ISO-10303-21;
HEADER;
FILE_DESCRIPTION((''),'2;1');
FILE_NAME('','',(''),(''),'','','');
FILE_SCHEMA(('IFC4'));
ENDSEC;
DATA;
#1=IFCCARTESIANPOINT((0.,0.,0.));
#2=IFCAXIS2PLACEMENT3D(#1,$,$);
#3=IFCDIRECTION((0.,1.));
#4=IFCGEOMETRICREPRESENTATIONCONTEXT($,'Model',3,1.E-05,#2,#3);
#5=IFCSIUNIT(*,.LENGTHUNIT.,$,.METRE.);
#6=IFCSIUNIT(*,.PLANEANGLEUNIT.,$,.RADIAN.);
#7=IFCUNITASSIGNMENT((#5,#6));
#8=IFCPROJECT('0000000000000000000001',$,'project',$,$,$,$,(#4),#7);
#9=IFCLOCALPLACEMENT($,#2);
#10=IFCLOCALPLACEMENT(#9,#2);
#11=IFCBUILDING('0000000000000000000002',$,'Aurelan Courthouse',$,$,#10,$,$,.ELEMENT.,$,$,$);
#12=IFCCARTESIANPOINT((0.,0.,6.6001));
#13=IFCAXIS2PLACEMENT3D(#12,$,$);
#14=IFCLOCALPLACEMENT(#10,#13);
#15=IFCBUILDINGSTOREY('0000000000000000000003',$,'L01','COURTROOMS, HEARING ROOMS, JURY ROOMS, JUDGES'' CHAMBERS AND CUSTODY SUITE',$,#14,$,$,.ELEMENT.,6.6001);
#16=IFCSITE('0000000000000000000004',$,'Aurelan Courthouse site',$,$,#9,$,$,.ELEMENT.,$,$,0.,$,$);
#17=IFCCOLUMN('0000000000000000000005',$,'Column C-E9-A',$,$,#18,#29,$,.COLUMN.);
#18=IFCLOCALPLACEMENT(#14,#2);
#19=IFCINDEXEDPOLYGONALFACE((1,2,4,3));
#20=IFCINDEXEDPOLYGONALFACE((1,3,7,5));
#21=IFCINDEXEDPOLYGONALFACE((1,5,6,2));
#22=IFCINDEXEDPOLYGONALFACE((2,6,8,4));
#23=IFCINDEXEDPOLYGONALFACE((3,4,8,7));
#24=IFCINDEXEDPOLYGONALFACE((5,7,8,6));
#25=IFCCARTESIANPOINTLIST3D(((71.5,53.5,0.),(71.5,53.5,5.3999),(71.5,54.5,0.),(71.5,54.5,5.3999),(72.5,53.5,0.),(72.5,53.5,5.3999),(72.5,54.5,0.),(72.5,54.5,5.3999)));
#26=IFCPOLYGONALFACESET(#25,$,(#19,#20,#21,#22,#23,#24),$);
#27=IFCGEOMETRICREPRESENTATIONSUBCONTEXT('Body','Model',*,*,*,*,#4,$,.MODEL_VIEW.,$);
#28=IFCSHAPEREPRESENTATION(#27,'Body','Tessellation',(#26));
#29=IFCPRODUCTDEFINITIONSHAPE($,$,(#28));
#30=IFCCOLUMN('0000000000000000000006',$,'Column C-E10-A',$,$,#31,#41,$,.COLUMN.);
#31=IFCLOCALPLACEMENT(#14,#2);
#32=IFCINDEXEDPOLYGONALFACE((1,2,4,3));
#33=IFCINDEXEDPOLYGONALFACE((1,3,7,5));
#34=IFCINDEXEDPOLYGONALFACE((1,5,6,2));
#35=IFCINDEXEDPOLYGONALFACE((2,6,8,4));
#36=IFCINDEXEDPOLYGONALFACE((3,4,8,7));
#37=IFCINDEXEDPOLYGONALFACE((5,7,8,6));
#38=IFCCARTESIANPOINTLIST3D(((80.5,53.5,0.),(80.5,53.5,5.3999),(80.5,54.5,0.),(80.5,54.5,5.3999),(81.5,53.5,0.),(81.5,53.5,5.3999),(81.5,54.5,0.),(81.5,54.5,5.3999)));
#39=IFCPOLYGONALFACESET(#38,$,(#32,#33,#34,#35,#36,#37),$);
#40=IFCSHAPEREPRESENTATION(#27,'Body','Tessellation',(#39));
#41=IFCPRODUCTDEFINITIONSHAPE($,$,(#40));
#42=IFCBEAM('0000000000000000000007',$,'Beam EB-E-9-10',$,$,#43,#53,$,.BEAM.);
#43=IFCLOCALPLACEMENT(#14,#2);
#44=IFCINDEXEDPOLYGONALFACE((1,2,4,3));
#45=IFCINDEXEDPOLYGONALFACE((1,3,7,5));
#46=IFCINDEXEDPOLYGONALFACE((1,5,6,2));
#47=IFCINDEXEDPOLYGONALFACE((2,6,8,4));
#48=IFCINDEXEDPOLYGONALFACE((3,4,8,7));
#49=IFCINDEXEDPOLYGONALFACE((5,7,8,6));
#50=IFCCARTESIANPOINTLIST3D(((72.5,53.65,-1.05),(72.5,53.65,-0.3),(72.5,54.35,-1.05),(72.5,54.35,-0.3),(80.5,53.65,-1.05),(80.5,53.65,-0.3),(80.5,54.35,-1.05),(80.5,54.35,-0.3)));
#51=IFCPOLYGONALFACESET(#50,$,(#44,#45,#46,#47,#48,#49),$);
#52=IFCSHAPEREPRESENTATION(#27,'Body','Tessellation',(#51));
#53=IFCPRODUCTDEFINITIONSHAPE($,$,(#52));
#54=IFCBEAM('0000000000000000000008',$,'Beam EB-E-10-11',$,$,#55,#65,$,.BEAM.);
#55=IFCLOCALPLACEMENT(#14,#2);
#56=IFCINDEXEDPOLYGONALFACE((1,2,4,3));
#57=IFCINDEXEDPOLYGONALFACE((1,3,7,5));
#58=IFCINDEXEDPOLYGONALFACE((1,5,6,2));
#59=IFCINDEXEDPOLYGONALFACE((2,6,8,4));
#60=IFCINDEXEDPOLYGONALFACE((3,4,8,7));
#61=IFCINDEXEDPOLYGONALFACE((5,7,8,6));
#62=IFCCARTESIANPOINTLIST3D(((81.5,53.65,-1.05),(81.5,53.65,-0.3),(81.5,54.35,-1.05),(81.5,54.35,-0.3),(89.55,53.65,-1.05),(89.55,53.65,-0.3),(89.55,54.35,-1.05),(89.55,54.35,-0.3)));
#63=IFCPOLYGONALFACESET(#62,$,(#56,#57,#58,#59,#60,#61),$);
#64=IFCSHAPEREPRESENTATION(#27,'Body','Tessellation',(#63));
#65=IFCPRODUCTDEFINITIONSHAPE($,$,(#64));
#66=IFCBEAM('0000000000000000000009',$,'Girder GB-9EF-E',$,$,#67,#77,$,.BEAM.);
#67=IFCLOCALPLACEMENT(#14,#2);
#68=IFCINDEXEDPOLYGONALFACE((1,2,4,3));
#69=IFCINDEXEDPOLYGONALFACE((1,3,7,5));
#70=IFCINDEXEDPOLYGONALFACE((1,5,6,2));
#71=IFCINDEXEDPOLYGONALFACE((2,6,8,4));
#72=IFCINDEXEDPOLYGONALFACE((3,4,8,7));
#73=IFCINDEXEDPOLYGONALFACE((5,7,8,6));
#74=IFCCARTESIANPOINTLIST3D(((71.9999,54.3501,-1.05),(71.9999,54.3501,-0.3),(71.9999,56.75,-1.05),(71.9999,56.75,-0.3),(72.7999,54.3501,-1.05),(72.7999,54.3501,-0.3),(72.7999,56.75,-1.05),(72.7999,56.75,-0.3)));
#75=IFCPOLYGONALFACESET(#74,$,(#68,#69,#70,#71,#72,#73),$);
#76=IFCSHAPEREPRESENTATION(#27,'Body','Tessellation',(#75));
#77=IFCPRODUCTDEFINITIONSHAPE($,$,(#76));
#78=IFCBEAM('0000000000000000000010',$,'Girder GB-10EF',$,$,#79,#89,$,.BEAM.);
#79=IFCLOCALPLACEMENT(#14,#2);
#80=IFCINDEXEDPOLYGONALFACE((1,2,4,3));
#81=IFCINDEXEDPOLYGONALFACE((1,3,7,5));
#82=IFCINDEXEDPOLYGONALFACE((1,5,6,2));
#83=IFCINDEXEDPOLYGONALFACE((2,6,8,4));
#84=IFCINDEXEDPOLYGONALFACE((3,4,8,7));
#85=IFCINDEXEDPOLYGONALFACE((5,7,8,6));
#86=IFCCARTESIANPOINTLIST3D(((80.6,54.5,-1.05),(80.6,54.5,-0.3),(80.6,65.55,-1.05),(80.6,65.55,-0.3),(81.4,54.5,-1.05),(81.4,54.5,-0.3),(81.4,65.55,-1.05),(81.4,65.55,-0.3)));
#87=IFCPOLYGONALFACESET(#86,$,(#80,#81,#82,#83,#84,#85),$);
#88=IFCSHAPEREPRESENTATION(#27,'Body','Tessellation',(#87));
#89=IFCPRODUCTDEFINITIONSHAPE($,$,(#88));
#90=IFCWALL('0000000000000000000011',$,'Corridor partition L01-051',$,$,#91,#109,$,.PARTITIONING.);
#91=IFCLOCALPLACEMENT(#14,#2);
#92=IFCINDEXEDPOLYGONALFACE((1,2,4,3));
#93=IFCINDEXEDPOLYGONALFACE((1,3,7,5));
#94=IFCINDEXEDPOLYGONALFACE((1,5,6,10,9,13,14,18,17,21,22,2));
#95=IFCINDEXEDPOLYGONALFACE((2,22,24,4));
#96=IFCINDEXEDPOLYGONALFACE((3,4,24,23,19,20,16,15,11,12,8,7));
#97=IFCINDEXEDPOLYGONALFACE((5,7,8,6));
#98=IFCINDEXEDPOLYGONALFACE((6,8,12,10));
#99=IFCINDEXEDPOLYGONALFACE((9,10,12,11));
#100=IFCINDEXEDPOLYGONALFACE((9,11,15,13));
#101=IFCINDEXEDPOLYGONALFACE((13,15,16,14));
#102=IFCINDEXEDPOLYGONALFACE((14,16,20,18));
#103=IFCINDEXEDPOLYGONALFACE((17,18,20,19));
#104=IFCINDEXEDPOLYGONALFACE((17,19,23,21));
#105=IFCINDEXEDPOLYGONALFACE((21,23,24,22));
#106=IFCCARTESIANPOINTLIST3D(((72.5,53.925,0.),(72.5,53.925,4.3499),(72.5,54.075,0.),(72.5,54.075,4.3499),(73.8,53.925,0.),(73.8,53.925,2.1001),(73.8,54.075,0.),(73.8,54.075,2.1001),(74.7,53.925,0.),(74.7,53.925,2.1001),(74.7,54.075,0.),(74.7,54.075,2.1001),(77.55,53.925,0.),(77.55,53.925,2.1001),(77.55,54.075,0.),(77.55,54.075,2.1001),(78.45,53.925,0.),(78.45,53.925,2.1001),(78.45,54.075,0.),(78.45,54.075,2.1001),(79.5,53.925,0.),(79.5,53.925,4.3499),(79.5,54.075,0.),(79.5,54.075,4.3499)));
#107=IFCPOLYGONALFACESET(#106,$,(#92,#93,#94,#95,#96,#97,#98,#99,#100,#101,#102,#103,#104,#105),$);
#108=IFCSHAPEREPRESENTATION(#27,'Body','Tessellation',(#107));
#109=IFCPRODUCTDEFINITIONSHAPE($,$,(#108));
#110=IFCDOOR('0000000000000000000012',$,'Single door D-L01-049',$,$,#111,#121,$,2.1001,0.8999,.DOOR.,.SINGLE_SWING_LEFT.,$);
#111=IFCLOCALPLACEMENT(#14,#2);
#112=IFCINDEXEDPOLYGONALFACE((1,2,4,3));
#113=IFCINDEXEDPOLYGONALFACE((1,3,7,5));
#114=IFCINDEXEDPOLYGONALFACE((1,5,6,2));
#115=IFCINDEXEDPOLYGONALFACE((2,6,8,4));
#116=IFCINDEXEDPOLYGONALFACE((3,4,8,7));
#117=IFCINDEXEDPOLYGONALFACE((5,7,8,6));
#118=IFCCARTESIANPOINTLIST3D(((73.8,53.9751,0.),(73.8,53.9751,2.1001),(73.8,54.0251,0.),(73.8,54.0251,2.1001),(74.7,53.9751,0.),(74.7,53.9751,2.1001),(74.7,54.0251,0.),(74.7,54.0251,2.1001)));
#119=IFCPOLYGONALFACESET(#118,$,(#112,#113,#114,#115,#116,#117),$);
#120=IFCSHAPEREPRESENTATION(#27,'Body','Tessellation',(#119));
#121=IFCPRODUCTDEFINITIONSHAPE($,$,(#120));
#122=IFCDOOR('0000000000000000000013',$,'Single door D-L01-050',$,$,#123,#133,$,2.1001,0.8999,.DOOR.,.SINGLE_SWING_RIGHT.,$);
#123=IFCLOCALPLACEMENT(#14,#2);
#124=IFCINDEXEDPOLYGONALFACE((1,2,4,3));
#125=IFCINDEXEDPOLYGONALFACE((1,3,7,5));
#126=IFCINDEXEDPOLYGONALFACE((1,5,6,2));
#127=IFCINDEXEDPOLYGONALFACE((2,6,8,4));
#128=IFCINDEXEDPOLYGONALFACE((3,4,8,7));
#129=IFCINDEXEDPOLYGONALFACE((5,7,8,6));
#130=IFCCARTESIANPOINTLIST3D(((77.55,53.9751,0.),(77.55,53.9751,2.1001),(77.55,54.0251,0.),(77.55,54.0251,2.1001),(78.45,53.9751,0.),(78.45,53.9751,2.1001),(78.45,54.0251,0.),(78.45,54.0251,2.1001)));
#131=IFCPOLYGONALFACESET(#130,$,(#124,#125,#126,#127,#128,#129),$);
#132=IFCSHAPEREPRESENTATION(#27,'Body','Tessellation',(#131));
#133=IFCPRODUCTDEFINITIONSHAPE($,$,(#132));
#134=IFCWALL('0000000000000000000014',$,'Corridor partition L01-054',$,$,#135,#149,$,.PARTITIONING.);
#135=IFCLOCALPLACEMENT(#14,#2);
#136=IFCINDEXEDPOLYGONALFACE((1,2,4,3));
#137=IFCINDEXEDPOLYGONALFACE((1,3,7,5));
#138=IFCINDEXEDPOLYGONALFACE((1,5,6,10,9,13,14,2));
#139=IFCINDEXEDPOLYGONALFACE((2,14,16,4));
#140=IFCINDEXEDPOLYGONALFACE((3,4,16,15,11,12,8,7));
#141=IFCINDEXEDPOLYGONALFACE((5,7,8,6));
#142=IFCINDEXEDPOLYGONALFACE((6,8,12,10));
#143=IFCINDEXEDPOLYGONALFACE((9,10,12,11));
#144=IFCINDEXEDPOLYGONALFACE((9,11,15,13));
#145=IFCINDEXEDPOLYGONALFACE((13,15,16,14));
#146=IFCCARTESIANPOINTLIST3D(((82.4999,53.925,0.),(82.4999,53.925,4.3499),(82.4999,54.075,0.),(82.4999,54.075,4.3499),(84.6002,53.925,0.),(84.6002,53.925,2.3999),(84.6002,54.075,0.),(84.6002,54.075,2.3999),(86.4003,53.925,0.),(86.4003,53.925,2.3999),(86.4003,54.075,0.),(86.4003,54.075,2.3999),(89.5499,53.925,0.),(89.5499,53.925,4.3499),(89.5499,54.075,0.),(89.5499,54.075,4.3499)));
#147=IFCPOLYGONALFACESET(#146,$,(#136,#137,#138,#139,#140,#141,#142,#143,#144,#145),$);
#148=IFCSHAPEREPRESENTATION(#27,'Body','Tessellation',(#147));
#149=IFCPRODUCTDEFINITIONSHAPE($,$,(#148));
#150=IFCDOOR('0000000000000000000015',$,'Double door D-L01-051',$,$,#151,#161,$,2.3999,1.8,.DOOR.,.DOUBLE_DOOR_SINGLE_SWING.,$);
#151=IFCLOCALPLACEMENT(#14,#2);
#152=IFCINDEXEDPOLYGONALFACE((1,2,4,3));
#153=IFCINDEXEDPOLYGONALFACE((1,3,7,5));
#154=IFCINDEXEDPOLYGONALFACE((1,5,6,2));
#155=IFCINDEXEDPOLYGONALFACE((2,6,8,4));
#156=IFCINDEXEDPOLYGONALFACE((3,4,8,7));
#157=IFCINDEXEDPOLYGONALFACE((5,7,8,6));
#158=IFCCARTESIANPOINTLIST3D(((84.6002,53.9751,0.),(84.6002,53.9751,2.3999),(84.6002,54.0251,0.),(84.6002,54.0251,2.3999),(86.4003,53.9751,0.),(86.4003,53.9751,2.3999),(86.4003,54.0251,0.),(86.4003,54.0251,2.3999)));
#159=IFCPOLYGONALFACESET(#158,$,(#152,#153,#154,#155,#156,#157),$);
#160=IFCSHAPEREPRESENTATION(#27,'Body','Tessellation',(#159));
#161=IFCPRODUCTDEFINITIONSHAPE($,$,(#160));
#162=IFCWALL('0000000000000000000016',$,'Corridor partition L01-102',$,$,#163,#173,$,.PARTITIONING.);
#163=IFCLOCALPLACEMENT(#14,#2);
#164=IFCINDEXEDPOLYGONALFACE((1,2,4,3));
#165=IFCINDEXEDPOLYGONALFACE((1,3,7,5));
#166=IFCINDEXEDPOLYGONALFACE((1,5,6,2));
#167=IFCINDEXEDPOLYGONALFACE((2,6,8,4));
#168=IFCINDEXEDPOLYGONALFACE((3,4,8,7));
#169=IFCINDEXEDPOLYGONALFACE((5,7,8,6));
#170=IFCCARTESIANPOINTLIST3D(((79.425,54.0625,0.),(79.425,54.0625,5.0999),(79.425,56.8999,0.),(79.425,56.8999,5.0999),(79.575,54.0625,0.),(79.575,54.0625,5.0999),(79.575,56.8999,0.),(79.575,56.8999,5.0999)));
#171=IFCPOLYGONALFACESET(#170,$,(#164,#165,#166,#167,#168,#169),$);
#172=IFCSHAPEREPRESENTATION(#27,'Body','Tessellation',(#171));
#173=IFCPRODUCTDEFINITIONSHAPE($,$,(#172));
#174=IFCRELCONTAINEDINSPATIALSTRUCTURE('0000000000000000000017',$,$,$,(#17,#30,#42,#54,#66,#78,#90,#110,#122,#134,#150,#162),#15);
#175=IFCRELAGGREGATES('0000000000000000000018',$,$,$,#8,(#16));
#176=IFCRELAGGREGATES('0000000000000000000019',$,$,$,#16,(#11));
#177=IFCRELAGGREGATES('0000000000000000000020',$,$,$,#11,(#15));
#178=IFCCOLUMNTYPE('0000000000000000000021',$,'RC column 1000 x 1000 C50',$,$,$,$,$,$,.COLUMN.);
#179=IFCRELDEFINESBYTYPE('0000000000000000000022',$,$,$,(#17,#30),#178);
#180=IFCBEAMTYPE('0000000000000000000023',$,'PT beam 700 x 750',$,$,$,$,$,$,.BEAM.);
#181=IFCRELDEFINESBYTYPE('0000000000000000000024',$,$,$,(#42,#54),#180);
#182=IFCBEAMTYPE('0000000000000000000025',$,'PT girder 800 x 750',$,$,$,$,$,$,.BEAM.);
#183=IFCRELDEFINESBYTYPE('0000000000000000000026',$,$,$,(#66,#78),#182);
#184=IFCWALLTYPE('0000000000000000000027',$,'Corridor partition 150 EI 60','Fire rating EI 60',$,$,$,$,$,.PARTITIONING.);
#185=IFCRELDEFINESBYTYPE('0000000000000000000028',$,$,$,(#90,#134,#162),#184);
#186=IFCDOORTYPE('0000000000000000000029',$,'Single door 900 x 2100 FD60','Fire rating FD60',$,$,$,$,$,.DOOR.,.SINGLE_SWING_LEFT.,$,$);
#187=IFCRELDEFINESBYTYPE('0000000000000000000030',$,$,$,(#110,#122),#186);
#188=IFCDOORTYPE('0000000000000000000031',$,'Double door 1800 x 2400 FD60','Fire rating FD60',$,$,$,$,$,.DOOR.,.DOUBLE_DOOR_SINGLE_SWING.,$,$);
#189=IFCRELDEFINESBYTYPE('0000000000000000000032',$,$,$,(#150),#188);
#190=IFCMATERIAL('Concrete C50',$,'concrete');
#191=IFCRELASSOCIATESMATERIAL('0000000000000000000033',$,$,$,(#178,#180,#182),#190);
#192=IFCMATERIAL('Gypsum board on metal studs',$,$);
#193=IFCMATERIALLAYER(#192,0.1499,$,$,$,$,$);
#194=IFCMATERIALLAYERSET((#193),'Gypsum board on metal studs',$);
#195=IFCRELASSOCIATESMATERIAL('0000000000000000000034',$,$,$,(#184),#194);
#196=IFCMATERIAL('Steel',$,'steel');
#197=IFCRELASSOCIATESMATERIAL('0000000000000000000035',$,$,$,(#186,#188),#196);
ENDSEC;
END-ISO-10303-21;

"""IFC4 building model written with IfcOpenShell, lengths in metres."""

from ifc_helpers import new_model, si_unit, direction, frame, frame_2d, origin, origin_2d, place, context, subcontext, project, spatial, rectangle, extrude, material, layer, layer_set, material_profile, profile_set, type_object, element, fill, save


model = new_model("IFC4")

# Units and contexts
model_context = context("Model", 3, precision=1e-05, world=origin(), true_north=direction((0.0, 1.0)))
body_context = subcontext(model_context, "Body", "Model", "MODEL_VIEW")
ifc_project = project(units=[si_unit("LENGTHUNIT", "METRE"), si_unit("PLANEANGLEUNIT", "RADIAN")], contexts=[model_context])

# Site, building, storey
site_placement = place(None, origin())
site = spatial("IfcSite", under=ifc_project, at=site_placement, Name="Aurelan Courthouse site", CompositionType="ELEMENT", RefElevation=0.0)
building_placement = place(site_placement, origin())
building = spatial("IfcBuilding", under=site, at=building_placement, Name="Aurelan Courthouse", CompositionType="ELEMENT")
storey_placement = place(building_placement, frame((0.0, 0.0, 6.6001)))
storey = spatial("IfcBuildingStorey", under=building, at=storey_placement, Name="L01", Description="COURTROOMS, HEARING ROOMS, JURY ROOMS, JUDGES' CHAMBERS AND CUSTODY SUITE", CompositionType="ELEMENT", Elevation=6.6001)

# Columns
ifc_material_1 = material(Name="Concrete C50", Category="concrete")
ifc_material_profile_1 = material_profile(ifc_material_1, rectangle(XDim=1.0, YDim=1.0, at=origin_2d()), Name="RC 1000 x 1000")
ifc_profile_set_1 = profile_set([ifc_material_profile_1], Name="Concrete C50")
column_type = type_object("IfcColumnType", Name="RC column 1000 x 1000 C50", PredefinedType="COLUMN", material=ifc_profile_set_1)
for number, where, z_axis, x_axis, name in (
    (1, (72.0, 54.0, 0.0), (0.0, 0.0, 1.0), (1.0, 0.0, 0.0), "Column C-E9-A"),
    (2, (81.0, 54.0, 0.0), (0.0, 0.0, 1.0), (1.0, 0.0, 0.0), "Column C-E10-A"),
):
    element("IfcColumn", number, at=place(storey_placement, frame(where, z_axis=z_axis, x_axis=x_axis)), inside=storey, type_object=column_type, Name=name, PredefinedType="COLUMN", context=body_context, shape_type="SweptSolid", body=[
        extrude(rectangle(XDim=1.0, YDim=1.0, at=origin_2d()), origin(), (0.0, 0.0, 1.0), 5.3999),
    ])

# Beams
ifc_material_profile_2 = material_profile(ifc_material_1, rectangle(XDim=0.7, YDim=0.75, at=origin_2d()), Name="RC 700 x 750")
ifc_profile_set_2 = profile_set([ifc_material_profile_2], Name="Concrete C50")
beam_type_1 = type_object("IfcBeamType", Name="PT beam 700 x 750", PredefinedType="BEAM", material=ifc_profile_set_2)
beam_1_placement = place(storey_placement, frame((72.5, 54.0, -0.675), z_axis=(1.0, 0.0, 0.0), x_axis=(0.0, 1.0, 0.0)))
element("IfcBeam", 3, at=beam_1_placement, inside=storey, type_object=beam_type_1, Name="Beam EB-E-9-10", PredefinedType="BEAM", context=body_context, shape_type="SweptSolid", body=[
    extrude(rectangle(XDim=0.7, YDim=0.75, at=origin_2d()), origin(), (0.0, 0.0, 1.0), 8.0),
])
beam_2_placement = place(storey_placement, frame((81.5, 54.0, -0.675), z_axis=(1.0, 0.0, 0.0), x_axis=(0.0, 1.0, 0.0)))
element("IfcBeam", 4, at=beam_2_placement, inside=storey, type_object=beam_type_1, Name="Beam EB-E-10-11", PredefinedType="BEAM", context=body_context, shape_type="SweptSolid", body=[
    extrude(rectangle(XDim=0.7, YDim=0.75, at=origin_2d()), origin(), (0.0, 0.0, 1.0), 8.05),
])
ifc_material_profile_3 = material_profile(ifc_material_1, rectangle(XDim=0.8, YDim=0.75, at=origin_2d()), Name="RC 800 x 750")
ifc_profile_set_3 = profile_set([ifc_material_profile_3], Name="Concrete C50")
beam_type_2 = type_object("IfcBeamType", Name="PT girder 800 x 750", PredefinedType="BEAM", material=ifc_profile_set_3)
beam_3_placement = place(storey_placement, frame((72.3999, 54.3501, -0.675), z_axis=(0.0, 1.0, 0.0), x_axis=(-1.0, 0.0, 0.0)))
element("IfcBeam", 5, at=beam_3_placement, inside=storey, type_object=beam_type_2, Name="Girder GB-9EF-E", PredefinedType="BEAM", context=body_context, shape_type="SweptSolid", body=[
    extrude(rectangle(XDim=0.8, YDim=0.75, at=origin_2d()), origin(), (0.0, 0.0, 1.0), 2.3999),
])
beam_4_placement = place(storey_placement, frame((81.0, 54.5, -0.675), z_axis=(0.0, 1.0, 0.0), x_axis=(-1.0, 0.0, 0.0)))
element("IfcBeam", 6, at=beam_4_placement, inside=storey, type_object=beam_type_2, Name="Girder GB-10EF", PredefinedType="BEAM", context=body_context, shape_type="SweptSolid", body=[
    extrude(rectangle(XDim=0.8, YDim=0.75, at=origin_2d()), origin(), (0.0, 0.0, 1.0), 11.05),
])

# Wall, openings, doors
ifc_material_2 = material(Name="Gypsum board on metal studs")
ifc_layer_1 = layer(ifc_material_2, 0.1499)
ifc_layer_set_1 = layer_set([ifc_layer_1], Name="Gypsum board on metal studs")
wall_type_1 = type_object("IfcWallType", Name="Corridor partition 150 EI 60", Description="Fire rating EI 60", PredefinedType="PARTITIONING", material=ifc_layer_set_1)
wall_1_placement = place(storey_placement, frame((72.5, 54.0, 0.0), z_axis=(0.0, 0.0, 1.0), x_axis=(1.0, 0.0, 0.0)))
wall_1 = element("IfcWall", 7, at=wall_1_placement, inside=storey, type_object=wall_type_1, Name="Corridor partition L01-051", PredefinedType="PARTITIONING", context=body_context, shape_type="SweptSolid", body=[
    extrude(rectangle(XDim=7.0, YDim=0.1499, at=frame_2d((3.5, 0.0))), origin(), (0.0, 0.0, 1.0), 4.3499),
])
opening_1_placement = place(wall_1_placement, frame((2.2, 0.0, 0.0), z_axis=(0.0, 0.0, 1.0), x_axis=(-1.0, 0.0, 0.0)))
opening_1 = element("IfcOpeningElement", 8, at=opening_1_placement, cuts=wall_1, PredefinedType="OPENING", context=body_context, shape_type="SweptSolid", body=[
    extrude(rectangle(XDim=0.8999, YDim=2.1001, at=frame_2d((0.45, 1.05))), frame((0.0, 0.085, 0.0), z_axis=(0.0, -1.0, 0.0), x_axis=(1.0, 0.0, 0.0)), (0.0, 0.0, 1.0), 0.1699),
])
opening_2_placement = place(wall_1_placement, frame((5.95, 0.0, 0.0), z_axis=(0.0, 0.0, 1.0), x_axis=(-1.0, 0.0, 0.0)))
opening_2 = element("IfcOpeningElement", 9, at=opening_2_placement, cuts=wall_1, PredefinedType="OPENING", context=body_context, shape_type="SweptSolid", body=[
    extrude(rectangle(XDim=0.8999, YDim=2.1001, at=frame_2d((0.45, 1.05))), frame((0.0, 0.085, 0.0), z_axis=(0.0, -1.0, 0.0), x_axis=(1.0, 0.0, 0.0)), (0.0, 0.0, 1.0), 0.1699),
])
ifc_material_3 = material(Name="Steel", Category="steel")
door_type_1 = type_object("IfcDoorType", Name="Single door 900 x 2100 FD60", Description="Fire rating FD60", OperationType="SINGLE_SWING_LEFT", PredefinedType="DOOR", material=ifc_material_3)
door_1_placement = place(opening_1_placement, origin())
door_1 = element("IfcDoor", 10, at=door_1_placement, inside=storey, type_object=door_type_1, Name="Single door D-L01-049", OperationType="SINGLE_SWING_LEFT", OverallHeight=2.1001, OverallWidth=0.8999, PredefinedType="DOOR", context=body_context, shape_type="SweptSolid", body=[
    extrude(rectangle(XDim=0.8999, YDim=2.1001, at=frame_2d((0.45, 1.05))), frame((0.0, 0.0249, 0.0), z_axis=(0.0, -1.0, 0.0), x_axis=(1.0, 0.0, 0.0)), (0.0, 0.0, 1.0), 0.05),
])
fill(opening_1, door_1)
door_2_placement = place(opening_2_placement, origin())
door_2 = element("IfcDoor", 11, at=door_2_placement, inside=storey, type_object=door_type_1, Name="Single door D-L01-050", OperationType="SINGLE_SWING_RIGHT", OverallHeight=2.1001, OverallWidth=0.8999, PredefinedType="DOOR", context=body_context, shape_type="SweptSolid", body=[
    extrude(rectangle(XDim=0.8999, YDim=2.1001, at=frame_2d((0.45, 1.05))), frame((0.0, 0.0249, 0.0), z_axis=(0.0, -1.0, 0.0), x_axis=(1.0, 0.0, 0.0)), (0.0, 0.0, 1.0), 0.05),
])
fill(opening_2, door_2)

# Wall, opening, door
wall_2_placement = place(storey_placement, frame((82.5, 54.0, 0.0), z_axis=(0.0, 0.0, 1.0), x_axis=(1.0, 0.0, 0.0)))
wall_2 = element("IfcWall", 12, at=wall_2_placement, inside=storey, type_object=wall_type_1, Name="Corridor partition L01-054", PredefinedType="PARTITIONING", context=body_context, shape_type="SweptSolid", body=[
    extrude(rectangle(XDim=7.05, YDim=0.1499, at=frame_2d((3.5249, 0.0))), origin(), (0.0, 0.0, 1.0), 4.3499),
])
opening_3_placement = place(wall_2_placement, frame((3.9001, 0.0, 0.0), z_axis=(0.0, 0.0, 1.0), x_axis=(-1.0, 0.0, 0.0)))
opening_3 = element("IfcOpeningElement", 13, at=opening_3_placement, cuts=wall_2, PredefinedType="OPENING", context=body_context, shape_type="SweptSolid", body=[
    extrude(rectangle(XDim=1.8, YDim=2.3999, at=frame_2d((0.8999, 1.2))), frame((0.0, 0.085, 0.0), z_axis=(0.0, -1.0, 0.0), x_axis=(1.0, 0.0, 0.0)), (0.0, 0.0, 1.0), 0.1699),
])
door_type_2 = type_object("IfcDoorType", Name="Double door 1800 x 2400 FD60", Description="Fire rating FD60", OperationType="DOUBLE_DOOR_SINGLE_SWING", PredefinedType="DOOR", material=ifc_material_3)
door_3_placement = place(opening_3_placement, origin())
door_3 = element("IfcDoor", 14, at=door_3_placement, inside=storey, type_object=door_type_2, Name="Double door D-L01-051", OperationType="DOUBLE_DOOR_SINGLE_SWING", OverallHeight=2.3999, OverallWidth=1.8, PredefinedType="DOOR", context=body_context, shape_type="SweptSolid", body=[
    extrude(rectangle(XDim=1.8, YDim=2.3999, at=frame_2d((0.8999, 1.2))), frame((0.0, 0.0249, 0.0), z_axis=(0.0, -1.0, 0.0), x_axis=(1.0, 0.0, 0.0)), (0.0, 0.0, 1.0), 0.05),
])
fill(opening_3, door_3)

# Wall
wall_3_placement = place(storey_placement, frame((79.5, 54.0625, 0.0), z_axis=(0.0, 0.0, 1.0), x_axis=(0.0, 1.0, 0.0)))
element("IfcWall", 15, at=wall_3_placement, inside=storey, type_object=wall_type_1, Name="Corridor partition L01-102", PredefinedType="PARTITIONING", context=body_context, shape_type="SweptSolid", body=[
    extrude(rectangle(XDim=2.8374, YDim=0.1499, at=frame_2d((1.4187, 0.0))), origin(), (0.0, 0.0, 1.0), 5.0999),
])

save(model, "model.ifc")
